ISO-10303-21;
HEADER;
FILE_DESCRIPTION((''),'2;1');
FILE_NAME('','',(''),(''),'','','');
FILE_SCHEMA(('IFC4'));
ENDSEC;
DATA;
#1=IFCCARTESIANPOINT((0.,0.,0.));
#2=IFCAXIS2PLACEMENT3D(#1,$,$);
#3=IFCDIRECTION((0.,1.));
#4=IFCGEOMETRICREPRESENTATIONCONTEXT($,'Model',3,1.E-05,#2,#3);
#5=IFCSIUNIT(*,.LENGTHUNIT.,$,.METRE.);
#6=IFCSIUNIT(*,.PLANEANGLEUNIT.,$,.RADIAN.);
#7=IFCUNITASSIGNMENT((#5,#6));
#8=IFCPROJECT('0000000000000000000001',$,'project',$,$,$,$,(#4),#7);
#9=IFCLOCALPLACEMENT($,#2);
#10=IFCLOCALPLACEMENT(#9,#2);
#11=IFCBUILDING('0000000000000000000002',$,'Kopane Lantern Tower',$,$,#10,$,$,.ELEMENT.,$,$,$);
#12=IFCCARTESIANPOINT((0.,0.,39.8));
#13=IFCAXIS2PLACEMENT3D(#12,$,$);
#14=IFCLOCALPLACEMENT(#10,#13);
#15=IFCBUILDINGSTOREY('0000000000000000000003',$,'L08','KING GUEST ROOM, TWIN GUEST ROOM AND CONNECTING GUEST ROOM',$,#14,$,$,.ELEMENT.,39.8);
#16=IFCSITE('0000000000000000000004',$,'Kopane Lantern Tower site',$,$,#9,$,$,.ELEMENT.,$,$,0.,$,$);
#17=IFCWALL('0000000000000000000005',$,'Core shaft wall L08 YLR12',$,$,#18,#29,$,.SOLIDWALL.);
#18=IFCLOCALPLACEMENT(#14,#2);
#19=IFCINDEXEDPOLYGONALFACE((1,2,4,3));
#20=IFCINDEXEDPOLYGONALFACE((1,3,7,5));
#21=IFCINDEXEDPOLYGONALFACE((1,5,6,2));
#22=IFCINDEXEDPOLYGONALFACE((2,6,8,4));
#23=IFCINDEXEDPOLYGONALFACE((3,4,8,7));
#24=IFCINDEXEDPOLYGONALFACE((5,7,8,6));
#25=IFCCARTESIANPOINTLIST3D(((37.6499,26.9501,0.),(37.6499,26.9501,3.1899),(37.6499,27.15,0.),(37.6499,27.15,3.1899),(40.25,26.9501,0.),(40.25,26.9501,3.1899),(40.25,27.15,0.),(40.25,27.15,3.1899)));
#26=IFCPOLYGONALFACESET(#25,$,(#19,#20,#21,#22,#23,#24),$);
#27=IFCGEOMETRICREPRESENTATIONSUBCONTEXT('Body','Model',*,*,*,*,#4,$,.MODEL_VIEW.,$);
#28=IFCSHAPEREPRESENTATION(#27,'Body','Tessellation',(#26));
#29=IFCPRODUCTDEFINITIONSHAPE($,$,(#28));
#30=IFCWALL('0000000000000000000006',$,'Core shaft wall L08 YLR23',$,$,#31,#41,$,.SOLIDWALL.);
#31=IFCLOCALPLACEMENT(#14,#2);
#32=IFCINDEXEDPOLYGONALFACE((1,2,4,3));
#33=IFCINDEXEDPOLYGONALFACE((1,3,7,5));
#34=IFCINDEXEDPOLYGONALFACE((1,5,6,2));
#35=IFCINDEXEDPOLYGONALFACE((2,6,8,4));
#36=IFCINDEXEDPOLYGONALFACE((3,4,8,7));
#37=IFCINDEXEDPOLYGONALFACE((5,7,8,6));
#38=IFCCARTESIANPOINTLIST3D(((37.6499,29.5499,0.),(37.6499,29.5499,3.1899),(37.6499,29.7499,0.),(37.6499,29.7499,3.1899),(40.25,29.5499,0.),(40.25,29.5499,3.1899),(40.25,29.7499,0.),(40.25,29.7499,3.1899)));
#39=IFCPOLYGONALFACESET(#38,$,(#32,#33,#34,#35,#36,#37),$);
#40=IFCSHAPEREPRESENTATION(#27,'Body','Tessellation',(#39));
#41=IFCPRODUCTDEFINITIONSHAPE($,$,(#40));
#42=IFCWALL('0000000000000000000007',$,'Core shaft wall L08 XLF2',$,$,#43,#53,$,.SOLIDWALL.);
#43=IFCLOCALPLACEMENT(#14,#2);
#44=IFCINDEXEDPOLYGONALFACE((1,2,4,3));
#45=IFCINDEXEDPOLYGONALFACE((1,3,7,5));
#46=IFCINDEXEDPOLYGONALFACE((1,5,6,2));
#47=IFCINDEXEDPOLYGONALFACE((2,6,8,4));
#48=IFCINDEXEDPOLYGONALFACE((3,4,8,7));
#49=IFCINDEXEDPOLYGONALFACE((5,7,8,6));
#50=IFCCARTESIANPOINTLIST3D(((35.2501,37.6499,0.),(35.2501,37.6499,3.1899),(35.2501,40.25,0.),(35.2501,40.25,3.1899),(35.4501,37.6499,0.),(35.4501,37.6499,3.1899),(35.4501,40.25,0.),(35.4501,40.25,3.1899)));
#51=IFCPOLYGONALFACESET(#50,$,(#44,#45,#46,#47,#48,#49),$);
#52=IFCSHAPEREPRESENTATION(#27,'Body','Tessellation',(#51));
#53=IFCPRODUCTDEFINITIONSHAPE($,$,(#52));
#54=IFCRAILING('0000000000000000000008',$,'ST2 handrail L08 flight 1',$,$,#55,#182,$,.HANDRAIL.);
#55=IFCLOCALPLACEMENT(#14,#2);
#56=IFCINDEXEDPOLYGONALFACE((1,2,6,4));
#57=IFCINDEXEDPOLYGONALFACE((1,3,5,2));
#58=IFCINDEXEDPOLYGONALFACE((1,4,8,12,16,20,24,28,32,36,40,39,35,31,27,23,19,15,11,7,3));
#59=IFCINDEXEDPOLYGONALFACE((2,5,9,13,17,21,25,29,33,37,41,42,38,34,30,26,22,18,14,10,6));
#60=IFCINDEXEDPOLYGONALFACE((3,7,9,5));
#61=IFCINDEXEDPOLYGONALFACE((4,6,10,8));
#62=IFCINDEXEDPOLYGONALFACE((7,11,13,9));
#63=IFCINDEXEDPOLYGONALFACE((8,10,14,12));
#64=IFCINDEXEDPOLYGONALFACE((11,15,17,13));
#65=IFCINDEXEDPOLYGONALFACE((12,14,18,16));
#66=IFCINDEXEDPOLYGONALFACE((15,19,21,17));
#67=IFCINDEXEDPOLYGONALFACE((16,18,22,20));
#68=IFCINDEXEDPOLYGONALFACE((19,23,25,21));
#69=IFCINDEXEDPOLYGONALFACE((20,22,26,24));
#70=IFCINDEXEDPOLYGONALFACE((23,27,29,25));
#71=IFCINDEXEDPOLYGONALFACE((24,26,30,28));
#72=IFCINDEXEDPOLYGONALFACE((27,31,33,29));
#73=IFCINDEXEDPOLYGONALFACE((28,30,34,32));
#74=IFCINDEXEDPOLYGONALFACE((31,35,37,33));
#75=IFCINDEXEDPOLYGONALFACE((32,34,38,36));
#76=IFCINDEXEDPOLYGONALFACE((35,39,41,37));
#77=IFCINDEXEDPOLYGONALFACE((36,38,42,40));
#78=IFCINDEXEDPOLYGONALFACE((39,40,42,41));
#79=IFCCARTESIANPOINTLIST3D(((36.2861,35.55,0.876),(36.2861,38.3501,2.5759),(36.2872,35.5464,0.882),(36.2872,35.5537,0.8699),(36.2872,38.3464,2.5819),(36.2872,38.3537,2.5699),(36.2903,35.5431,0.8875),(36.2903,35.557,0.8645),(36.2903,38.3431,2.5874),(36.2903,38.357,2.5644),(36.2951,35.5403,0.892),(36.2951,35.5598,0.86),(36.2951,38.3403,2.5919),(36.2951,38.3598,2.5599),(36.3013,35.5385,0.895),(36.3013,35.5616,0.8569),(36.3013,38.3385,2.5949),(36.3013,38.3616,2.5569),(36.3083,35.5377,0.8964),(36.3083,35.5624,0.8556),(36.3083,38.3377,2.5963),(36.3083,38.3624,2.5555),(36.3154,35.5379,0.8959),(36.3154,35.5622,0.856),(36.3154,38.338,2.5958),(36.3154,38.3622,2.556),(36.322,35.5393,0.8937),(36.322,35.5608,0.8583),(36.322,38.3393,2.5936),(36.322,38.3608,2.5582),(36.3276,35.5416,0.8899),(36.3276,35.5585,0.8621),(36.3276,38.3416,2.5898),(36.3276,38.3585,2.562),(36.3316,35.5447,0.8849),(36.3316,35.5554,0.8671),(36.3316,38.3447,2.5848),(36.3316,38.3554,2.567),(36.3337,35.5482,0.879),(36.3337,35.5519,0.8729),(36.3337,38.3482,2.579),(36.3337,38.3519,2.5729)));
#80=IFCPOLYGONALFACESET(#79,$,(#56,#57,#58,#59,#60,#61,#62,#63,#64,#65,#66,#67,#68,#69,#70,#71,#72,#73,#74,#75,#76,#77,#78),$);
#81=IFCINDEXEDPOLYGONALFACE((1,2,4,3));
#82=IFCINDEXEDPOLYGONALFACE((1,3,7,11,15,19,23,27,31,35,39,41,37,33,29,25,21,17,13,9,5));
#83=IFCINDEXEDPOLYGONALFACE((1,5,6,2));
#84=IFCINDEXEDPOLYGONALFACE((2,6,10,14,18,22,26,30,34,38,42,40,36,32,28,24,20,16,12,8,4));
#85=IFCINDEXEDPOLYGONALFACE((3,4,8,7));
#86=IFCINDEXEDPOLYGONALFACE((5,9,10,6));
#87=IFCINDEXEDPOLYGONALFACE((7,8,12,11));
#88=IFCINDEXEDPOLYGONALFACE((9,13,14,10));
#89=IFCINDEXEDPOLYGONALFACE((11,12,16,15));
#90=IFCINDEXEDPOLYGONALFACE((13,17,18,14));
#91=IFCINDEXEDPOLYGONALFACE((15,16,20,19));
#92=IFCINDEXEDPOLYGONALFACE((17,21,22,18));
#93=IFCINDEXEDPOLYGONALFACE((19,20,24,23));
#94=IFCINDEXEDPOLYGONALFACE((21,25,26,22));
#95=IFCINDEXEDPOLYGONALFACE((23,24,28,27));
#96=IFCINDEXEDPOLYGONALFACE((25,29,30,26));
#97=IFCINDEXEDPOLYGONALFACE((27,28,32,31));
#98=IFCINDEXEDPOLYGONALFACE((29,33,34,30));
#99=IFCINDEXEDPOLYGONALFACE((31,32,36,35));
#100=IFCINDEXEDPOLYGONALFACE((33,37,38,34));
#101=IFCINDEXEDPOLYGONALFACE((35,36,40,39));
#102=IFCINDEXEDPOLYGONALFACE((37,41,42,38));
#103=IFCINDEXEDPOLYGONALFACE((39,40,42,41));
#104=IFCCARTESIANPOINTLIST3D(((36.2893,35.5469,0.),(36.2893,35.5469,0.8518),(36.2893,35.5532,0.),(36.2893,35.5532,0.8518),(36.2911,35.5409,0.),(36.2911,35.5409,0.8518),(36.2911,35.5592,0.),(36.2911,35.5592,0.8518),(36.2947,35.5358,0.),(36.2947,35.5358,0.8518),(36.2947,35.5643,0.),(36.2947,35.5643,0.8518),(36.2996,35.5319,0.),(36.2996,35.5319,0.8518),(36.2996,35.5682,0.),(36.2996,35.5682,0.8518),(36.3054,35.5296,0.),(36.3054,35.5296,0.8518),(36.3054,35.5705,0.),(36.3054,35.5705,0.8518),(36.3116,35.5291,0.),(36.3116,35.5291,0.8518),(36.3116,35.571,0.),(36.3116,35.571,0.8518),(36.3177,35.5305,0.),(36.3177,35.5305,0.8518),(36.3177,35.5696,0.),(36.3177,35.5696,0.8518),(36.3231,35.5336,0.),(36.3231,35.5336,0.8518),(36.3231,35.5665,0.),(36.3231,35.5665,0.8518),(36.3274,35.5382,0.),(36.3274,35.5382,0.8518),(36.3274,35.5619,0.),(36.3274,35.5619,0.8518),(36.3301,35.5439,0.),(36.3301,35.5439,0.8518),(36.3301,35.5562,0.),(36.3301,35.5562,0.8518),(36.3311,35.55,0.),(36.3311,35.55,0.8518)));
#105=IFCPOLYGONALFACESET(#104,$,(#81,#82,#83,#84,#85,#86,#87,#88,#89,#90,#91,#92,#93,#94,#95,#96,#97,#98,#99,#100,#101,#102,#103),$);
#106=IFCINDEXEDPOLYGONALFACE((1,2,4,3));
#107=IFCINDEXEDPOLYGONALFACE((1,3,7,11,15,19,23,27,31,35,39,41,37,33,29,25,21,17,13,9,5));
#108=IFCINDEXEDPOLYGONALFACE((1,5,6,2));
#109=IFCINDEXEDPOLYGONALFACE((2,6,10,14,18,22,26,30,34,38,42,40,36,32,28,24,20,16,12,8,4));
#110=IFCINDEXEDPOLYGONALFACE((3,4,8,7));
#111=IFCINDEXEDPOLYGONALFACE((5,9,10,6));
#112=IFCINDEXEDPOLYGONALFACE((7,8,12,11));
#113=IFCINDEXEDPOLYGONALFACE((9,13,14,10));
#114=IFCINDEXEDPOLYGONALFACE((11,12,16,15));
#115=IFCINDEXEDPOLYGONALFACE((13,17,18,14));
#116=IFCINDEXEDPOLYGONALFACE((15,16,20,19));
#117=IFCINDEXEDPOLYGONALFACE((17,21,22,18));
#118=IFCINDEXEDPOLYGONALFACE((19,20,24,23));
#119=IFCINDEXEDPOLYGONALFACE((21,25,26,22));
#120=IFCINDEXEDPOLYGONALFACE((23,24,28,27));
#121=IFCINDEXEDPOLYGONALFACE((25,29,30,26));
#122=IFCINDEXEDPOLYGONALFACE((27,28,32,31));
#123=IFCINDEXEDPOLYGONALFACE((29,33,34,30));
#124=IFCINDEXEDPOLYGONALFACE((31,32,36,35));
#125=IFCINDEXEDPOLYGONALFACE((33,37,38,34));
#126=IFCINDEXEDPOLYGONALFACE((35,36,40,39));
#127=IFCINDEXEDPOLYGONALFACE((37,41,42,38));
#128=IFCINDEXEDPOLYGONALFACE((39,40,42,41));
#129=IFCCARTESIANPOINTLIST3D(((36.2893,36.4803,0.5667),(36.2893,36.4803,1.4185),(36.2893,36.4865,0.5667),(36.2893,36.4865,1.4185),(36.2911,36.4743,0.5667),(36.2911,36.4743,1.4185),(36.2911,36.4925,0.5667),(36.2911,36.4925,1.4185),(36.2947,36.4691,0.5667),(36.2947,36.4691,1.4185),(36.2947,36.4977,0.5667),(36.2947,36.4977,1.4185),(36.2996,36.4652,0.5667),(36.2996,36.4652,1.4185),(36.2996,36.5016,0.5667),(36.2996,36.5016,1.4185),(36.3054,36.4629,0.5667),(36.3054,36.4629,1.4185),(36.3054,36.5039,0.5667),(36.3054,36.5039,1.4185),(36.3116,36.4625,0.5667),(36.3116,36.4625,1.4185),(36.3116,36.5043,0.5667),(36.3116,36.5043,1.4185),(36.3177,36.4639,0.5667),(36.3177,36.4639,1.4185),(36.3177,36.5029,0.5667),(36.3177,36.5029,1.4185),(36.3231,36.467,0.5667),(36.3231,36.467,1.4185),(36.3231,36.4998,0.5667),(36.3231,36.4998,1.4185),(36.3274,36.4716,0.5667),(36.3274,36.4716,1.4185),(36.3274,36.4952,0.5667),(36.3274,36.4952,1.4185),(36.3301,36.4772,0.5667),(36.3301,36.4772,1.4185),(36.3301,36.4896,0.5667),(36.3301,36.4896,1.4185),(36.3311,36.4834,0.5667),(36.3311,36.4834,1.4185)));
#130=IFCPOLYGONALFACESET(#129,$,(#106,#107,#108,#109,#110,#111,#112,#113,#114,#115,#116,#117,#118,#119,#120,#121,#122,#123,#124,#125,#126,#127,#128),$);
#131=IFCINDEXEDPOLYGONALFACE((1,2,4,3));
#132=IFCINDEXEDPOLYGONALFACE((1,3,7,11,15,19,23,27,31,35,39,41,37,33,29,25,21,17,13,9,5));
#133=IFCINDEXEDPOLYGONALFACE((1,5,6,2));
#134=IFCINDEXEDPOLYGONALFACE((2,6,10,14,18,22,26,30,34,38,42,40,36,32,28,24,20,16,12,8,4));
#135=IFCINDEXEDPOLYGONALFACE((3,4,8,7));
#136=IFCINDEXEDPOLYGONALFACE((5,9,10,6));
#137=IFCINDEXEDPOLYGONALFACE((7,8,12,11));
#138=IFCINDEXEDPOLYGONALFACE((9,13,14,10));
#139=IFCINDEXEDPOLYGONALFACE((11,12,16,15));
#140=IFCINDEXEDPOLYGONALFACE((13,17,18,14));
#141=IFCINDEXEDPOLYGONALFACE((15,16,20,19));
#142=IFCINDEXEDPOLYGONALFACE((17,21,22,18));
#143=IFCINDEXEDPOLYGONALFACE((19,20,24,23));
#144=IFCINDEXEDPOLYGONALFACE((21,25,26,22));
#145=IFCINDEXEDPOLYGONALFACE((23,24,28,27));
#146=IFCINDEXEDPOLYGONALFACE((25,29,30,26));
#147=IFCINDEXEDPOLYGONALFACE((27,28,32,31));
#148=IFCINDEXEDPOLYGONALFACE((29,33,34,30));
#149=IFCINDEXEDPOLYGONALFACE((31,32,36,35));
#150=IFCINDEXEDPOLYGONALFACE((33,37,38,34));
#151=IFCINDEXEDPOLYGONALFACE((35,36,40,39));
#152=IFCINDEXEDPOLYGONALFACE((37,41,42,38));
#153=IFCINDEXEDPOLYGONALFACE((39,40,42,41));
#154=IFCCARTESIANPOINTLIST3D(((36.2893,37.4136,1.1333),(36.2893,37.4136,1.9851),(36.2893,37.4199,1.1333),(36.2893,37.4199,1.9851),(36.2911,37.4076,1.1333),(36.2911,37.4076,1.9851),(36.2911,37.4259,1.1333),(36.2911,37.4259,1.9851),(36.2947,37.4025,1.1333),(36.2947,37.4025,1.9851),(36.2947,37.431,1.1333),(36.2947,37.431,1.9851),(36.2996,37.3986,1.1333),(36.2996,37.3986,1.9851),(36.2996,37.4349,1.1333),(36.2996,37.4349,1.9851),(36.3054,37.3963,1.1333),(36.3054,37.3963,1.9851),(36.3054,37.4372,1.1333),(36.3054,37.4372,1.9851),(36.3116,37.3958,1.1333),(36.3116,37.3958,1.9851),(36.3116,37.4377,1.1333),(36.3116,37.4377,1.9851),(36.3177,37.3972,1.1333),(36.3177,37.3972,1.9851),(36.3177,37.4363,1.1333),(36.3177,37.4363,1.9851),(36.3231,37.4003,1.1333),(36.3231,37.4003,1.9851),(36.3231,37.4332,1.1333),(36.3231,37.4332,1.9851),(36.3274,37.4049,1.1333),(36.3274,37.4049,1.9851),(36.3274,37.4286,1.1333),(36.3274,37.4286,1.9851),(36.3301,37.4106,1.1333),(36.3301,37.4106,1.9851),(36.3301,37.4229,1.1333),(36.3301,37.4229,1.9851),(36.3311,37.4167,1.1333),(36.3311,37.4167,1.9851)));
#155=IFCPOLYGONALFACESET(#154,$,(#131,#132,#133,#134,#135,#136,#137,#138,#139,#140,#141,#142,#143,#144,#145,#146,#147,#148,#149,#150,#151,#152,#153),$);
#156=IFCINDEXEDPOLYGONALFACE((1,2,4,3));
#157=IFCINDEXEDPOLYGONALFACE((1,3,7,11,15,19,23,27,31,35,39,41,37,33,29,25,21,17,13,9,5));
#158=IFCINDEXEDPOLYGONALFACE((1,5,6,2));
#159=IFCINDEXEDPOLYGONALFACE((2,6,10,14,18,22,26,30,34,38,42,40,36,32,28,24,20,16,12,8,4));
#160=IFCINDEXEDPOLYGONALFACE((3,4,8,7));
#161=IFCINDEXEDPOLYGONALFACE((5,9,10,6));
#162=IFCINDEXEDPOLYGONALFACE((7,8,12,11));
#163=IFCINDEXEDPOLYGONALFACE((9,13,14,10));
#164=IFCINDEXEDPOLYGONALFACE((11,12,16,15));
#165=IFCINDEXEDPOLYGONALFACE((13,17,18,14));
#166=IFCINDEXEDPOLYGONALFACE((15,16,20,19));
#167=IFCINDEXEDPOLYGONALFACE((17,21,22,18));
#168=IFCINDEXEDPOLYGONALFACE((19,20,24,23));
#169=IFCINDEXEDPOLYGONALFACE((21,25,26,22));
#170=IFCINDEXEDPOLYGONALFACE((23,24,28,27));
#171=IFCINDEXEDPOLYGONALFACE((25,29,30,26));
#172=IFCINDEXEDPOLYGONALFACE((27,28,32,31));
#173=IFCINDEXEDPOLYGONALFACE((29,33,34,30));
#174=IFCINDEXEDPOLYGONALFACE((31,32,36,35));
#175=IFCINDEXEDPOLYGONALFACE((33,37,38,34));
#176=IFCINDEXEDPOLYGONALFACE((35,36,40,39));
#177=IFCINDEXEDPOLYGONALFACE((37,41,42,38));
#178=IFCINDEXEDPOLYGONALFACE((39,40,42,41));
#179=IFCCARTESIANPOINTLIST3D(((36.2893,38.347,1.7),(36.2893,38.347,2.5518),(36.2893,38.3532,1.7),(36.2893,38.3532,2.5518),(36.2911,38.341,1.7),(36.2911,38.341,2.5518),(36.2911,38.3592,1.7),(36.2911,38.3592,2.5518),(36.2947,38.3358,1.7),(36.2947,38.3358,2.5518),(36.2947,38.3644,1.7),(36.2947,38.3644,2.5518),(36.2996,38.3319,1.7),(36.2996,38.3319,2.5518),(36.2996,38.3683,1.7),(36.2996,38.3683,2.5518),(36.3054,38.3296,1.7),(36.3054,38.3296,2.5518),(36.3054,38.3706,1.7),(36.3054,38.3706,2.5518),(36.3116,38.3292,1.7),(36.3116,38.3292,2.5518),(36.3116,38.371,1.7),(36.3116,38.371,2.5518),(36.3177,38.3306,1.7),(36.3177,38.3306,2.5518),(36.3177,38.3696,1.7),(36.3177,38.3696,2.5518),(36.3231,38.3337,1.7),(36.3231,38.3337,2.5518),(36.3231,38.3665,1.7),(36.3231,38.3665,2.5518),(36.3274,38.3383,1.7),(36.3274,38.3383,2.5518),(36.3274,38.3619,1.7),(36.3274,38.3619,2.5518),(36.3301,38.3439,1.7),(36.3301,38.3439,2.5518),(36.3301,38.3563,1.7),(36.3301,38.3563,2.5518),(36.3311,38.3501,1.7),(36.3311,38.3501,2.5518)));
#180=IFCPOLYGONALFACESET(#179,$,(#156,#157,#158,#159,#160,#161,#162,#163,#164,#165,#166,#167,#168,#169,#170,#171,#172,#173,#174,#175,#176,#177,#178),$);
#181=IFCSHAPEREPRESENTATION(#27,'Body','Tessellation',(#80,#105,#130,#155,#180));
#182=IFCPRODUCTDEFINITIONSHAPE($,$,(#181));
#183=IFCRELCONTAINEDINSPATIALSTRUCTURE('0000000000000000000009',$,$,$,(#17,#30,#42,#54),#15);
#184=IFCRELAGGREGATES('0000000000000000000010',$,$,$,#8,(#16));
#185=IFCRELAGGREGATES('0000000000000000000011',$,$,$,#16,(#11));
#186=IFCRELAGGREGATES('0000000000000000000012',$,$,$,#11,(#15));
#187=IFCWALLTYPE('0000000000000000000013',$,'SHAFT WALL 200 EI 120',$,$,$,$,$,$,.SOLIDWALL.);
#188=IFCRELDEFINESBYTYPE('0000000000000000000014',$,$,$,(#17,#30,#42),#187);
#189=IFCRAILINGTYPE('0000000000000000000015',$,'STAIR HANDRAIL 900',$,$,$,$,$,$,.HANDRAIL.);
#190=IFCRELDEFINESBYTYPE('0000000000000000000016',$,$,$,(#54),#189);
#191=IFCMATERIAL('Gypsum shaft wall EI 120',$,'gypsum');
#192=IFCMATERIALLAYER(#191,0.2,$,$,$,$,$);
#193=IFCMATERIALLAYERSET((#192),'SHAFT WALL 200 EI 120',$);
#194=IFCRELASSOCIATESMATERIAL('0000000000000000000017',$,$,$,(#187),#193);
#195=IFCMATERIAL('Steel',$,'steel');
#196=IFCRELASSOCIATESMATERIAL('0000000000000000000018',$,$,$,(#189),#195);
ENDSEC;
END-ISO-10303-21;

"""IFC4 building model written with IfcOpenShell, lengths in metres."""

from ifc_helpers import new_model, si_unit, direction, frame, frame_2d, origin, origin_2d, place, context, subcontext, project, spatial, rectangle, circle, extrude, material, layer, layer_set, type_object, element, save


model = new_model("IFC4")

# Units and contexts
model_context = context("Model", 3, precision=1e-05, world=origin(), true_north=direction((0.0, 1.0)))
body_context = subcontext(model_context, "Body", "Model", "MODEL_VIEW")
ifc_project = project(units=[si_unit("LENGTHUNIT", "METRE"), si_unit("PLANEANGLEUNIT", "RADIAN")], contexts=[model_context])

# Site, building, storey
site_placement = place(None, origin())
site = spatial("IfcSite", under=ifc_project, at=site_placement, Name="Kopane Lantern Tower site", CompositionType="ELEMENT", RefElevation=0.0)
building_placement = place(site_placement, origin())
building = spatial("IfcBuilding", under=site, at=building_placement, Name="Kopane Lantern Tower", CompositionType="ELEMENT")
storey_placement = place(building_placement, frame((0.0, 0.0, 39.8)))
storey = spatial("IfcBuildingStorey", under=building, at=storey_placement, Name="L08", Description="KING GUEST ROOM, TWIN GUEST ROOM AND CONNECTING GUEST ROOM", CompositionType="ELEMENT", Elevation=39.8)

# Shared definitions
ifc_material_1 = material(Name="Gypsum shaft wall EI 120", Category="gypsum")
ifc_layer_1 = layer(ifc_material_1, 0.2)
ifc_layer_set_1 = layer_set([ifc_layer_1], Name="SHAFT WALL 200 EI 120")
wall_type_1 = type_object("IfcWallType", Name="SHAFT WALL 200 EI 120", PredefinedType="SOLIDWALL", material=ifc_layer_set_1)

# Walls
for number, where, z_axis, x_axis, name in (
    (1, (37.6499, 27.05, 0.0), (0.0, 0.0, 1.0), (1.0, 0.0, 0.0), "Core shaft wall L08 YLR12"),
    (2, (37.6499, 29.6499, 0.0), (0.0, 0.0, 1.0), (1.0, 0.0, 0.0), "Core shaft wall L08 YLR23"),
    (3, (35.3501, 37.6499, 0.0), (0.0, 0.0, 1.0), (0.0, 1.0, 0.0), "Core shaft wall L08 XLF2"),
):
    element("IfcWall", number, at=place(storey_placement, frame(where, z_axis=z_axis, x_axis=x_axis)), inside=storey, type_object=wall_type_1, Name=name, PredefinedType="SOLIDWALL", context=body_context, shape_type="SweptSolid", body=[
        extrude(rectangle(XDim=2.6001, YDim=0.2, at=frame_2d((1.3, 0.0))), origin(), (0.0, 0.0, 1.0), 3.1899),
    ])

# Railing
ifc_material_2 = material(Name="Steel", Category="steel")
railing_type_1 = type_object("IfcRailingType", Name="STAIR HANDRAIL 900", PredefinedType="HANDRAIL", material=ifc_material_2)
for number, where, name in (
    (4, (36.3101, 35.55, 0.0), "ST2 handrail L08 flight 1"),
):
    element("IfcRailing", number, at=place(storey_placement, frame(where)), inside=storey, type_object=railing_type_1, Name=name, PredefinedType="HANDRAIL", context=body_context, shape_type="SweptSolid", body=[
        extrude(circle(Radius=0.0239, at=origin_2d()), frame((0.0, 0.0, 0.876), z_axis=(0.0, 0.854798, 0.518961), x_axis=(-1.0, 0.0, 0.0)), (0.0, 0.0, 1.0), 3.2756),
        extrude(circle(Radius=0.021, at=origin_2d()), origin(), (0.0, 0.0, 1.0), 0.8518),
        extrude(circle(Radius=0.021, at=origin_2d()), frame((0.0, 0.9333, 0.5667)), (0.0, 0.0, 1.0), 0.8518),
        extrude(circle(Radius=0.021, at=origin_2d()), frame((0.0, 1.8667, 1.1333)), (0.0, 0.0, 1.0), 0.8518),
        extrude(circle(Radius=0.021, at=origin_2d()), frame((0.0, 2.8, 1.7)), (0.0, 0.0, 1.0), 0.8518),
    ])

save(model, "model.ifc")
